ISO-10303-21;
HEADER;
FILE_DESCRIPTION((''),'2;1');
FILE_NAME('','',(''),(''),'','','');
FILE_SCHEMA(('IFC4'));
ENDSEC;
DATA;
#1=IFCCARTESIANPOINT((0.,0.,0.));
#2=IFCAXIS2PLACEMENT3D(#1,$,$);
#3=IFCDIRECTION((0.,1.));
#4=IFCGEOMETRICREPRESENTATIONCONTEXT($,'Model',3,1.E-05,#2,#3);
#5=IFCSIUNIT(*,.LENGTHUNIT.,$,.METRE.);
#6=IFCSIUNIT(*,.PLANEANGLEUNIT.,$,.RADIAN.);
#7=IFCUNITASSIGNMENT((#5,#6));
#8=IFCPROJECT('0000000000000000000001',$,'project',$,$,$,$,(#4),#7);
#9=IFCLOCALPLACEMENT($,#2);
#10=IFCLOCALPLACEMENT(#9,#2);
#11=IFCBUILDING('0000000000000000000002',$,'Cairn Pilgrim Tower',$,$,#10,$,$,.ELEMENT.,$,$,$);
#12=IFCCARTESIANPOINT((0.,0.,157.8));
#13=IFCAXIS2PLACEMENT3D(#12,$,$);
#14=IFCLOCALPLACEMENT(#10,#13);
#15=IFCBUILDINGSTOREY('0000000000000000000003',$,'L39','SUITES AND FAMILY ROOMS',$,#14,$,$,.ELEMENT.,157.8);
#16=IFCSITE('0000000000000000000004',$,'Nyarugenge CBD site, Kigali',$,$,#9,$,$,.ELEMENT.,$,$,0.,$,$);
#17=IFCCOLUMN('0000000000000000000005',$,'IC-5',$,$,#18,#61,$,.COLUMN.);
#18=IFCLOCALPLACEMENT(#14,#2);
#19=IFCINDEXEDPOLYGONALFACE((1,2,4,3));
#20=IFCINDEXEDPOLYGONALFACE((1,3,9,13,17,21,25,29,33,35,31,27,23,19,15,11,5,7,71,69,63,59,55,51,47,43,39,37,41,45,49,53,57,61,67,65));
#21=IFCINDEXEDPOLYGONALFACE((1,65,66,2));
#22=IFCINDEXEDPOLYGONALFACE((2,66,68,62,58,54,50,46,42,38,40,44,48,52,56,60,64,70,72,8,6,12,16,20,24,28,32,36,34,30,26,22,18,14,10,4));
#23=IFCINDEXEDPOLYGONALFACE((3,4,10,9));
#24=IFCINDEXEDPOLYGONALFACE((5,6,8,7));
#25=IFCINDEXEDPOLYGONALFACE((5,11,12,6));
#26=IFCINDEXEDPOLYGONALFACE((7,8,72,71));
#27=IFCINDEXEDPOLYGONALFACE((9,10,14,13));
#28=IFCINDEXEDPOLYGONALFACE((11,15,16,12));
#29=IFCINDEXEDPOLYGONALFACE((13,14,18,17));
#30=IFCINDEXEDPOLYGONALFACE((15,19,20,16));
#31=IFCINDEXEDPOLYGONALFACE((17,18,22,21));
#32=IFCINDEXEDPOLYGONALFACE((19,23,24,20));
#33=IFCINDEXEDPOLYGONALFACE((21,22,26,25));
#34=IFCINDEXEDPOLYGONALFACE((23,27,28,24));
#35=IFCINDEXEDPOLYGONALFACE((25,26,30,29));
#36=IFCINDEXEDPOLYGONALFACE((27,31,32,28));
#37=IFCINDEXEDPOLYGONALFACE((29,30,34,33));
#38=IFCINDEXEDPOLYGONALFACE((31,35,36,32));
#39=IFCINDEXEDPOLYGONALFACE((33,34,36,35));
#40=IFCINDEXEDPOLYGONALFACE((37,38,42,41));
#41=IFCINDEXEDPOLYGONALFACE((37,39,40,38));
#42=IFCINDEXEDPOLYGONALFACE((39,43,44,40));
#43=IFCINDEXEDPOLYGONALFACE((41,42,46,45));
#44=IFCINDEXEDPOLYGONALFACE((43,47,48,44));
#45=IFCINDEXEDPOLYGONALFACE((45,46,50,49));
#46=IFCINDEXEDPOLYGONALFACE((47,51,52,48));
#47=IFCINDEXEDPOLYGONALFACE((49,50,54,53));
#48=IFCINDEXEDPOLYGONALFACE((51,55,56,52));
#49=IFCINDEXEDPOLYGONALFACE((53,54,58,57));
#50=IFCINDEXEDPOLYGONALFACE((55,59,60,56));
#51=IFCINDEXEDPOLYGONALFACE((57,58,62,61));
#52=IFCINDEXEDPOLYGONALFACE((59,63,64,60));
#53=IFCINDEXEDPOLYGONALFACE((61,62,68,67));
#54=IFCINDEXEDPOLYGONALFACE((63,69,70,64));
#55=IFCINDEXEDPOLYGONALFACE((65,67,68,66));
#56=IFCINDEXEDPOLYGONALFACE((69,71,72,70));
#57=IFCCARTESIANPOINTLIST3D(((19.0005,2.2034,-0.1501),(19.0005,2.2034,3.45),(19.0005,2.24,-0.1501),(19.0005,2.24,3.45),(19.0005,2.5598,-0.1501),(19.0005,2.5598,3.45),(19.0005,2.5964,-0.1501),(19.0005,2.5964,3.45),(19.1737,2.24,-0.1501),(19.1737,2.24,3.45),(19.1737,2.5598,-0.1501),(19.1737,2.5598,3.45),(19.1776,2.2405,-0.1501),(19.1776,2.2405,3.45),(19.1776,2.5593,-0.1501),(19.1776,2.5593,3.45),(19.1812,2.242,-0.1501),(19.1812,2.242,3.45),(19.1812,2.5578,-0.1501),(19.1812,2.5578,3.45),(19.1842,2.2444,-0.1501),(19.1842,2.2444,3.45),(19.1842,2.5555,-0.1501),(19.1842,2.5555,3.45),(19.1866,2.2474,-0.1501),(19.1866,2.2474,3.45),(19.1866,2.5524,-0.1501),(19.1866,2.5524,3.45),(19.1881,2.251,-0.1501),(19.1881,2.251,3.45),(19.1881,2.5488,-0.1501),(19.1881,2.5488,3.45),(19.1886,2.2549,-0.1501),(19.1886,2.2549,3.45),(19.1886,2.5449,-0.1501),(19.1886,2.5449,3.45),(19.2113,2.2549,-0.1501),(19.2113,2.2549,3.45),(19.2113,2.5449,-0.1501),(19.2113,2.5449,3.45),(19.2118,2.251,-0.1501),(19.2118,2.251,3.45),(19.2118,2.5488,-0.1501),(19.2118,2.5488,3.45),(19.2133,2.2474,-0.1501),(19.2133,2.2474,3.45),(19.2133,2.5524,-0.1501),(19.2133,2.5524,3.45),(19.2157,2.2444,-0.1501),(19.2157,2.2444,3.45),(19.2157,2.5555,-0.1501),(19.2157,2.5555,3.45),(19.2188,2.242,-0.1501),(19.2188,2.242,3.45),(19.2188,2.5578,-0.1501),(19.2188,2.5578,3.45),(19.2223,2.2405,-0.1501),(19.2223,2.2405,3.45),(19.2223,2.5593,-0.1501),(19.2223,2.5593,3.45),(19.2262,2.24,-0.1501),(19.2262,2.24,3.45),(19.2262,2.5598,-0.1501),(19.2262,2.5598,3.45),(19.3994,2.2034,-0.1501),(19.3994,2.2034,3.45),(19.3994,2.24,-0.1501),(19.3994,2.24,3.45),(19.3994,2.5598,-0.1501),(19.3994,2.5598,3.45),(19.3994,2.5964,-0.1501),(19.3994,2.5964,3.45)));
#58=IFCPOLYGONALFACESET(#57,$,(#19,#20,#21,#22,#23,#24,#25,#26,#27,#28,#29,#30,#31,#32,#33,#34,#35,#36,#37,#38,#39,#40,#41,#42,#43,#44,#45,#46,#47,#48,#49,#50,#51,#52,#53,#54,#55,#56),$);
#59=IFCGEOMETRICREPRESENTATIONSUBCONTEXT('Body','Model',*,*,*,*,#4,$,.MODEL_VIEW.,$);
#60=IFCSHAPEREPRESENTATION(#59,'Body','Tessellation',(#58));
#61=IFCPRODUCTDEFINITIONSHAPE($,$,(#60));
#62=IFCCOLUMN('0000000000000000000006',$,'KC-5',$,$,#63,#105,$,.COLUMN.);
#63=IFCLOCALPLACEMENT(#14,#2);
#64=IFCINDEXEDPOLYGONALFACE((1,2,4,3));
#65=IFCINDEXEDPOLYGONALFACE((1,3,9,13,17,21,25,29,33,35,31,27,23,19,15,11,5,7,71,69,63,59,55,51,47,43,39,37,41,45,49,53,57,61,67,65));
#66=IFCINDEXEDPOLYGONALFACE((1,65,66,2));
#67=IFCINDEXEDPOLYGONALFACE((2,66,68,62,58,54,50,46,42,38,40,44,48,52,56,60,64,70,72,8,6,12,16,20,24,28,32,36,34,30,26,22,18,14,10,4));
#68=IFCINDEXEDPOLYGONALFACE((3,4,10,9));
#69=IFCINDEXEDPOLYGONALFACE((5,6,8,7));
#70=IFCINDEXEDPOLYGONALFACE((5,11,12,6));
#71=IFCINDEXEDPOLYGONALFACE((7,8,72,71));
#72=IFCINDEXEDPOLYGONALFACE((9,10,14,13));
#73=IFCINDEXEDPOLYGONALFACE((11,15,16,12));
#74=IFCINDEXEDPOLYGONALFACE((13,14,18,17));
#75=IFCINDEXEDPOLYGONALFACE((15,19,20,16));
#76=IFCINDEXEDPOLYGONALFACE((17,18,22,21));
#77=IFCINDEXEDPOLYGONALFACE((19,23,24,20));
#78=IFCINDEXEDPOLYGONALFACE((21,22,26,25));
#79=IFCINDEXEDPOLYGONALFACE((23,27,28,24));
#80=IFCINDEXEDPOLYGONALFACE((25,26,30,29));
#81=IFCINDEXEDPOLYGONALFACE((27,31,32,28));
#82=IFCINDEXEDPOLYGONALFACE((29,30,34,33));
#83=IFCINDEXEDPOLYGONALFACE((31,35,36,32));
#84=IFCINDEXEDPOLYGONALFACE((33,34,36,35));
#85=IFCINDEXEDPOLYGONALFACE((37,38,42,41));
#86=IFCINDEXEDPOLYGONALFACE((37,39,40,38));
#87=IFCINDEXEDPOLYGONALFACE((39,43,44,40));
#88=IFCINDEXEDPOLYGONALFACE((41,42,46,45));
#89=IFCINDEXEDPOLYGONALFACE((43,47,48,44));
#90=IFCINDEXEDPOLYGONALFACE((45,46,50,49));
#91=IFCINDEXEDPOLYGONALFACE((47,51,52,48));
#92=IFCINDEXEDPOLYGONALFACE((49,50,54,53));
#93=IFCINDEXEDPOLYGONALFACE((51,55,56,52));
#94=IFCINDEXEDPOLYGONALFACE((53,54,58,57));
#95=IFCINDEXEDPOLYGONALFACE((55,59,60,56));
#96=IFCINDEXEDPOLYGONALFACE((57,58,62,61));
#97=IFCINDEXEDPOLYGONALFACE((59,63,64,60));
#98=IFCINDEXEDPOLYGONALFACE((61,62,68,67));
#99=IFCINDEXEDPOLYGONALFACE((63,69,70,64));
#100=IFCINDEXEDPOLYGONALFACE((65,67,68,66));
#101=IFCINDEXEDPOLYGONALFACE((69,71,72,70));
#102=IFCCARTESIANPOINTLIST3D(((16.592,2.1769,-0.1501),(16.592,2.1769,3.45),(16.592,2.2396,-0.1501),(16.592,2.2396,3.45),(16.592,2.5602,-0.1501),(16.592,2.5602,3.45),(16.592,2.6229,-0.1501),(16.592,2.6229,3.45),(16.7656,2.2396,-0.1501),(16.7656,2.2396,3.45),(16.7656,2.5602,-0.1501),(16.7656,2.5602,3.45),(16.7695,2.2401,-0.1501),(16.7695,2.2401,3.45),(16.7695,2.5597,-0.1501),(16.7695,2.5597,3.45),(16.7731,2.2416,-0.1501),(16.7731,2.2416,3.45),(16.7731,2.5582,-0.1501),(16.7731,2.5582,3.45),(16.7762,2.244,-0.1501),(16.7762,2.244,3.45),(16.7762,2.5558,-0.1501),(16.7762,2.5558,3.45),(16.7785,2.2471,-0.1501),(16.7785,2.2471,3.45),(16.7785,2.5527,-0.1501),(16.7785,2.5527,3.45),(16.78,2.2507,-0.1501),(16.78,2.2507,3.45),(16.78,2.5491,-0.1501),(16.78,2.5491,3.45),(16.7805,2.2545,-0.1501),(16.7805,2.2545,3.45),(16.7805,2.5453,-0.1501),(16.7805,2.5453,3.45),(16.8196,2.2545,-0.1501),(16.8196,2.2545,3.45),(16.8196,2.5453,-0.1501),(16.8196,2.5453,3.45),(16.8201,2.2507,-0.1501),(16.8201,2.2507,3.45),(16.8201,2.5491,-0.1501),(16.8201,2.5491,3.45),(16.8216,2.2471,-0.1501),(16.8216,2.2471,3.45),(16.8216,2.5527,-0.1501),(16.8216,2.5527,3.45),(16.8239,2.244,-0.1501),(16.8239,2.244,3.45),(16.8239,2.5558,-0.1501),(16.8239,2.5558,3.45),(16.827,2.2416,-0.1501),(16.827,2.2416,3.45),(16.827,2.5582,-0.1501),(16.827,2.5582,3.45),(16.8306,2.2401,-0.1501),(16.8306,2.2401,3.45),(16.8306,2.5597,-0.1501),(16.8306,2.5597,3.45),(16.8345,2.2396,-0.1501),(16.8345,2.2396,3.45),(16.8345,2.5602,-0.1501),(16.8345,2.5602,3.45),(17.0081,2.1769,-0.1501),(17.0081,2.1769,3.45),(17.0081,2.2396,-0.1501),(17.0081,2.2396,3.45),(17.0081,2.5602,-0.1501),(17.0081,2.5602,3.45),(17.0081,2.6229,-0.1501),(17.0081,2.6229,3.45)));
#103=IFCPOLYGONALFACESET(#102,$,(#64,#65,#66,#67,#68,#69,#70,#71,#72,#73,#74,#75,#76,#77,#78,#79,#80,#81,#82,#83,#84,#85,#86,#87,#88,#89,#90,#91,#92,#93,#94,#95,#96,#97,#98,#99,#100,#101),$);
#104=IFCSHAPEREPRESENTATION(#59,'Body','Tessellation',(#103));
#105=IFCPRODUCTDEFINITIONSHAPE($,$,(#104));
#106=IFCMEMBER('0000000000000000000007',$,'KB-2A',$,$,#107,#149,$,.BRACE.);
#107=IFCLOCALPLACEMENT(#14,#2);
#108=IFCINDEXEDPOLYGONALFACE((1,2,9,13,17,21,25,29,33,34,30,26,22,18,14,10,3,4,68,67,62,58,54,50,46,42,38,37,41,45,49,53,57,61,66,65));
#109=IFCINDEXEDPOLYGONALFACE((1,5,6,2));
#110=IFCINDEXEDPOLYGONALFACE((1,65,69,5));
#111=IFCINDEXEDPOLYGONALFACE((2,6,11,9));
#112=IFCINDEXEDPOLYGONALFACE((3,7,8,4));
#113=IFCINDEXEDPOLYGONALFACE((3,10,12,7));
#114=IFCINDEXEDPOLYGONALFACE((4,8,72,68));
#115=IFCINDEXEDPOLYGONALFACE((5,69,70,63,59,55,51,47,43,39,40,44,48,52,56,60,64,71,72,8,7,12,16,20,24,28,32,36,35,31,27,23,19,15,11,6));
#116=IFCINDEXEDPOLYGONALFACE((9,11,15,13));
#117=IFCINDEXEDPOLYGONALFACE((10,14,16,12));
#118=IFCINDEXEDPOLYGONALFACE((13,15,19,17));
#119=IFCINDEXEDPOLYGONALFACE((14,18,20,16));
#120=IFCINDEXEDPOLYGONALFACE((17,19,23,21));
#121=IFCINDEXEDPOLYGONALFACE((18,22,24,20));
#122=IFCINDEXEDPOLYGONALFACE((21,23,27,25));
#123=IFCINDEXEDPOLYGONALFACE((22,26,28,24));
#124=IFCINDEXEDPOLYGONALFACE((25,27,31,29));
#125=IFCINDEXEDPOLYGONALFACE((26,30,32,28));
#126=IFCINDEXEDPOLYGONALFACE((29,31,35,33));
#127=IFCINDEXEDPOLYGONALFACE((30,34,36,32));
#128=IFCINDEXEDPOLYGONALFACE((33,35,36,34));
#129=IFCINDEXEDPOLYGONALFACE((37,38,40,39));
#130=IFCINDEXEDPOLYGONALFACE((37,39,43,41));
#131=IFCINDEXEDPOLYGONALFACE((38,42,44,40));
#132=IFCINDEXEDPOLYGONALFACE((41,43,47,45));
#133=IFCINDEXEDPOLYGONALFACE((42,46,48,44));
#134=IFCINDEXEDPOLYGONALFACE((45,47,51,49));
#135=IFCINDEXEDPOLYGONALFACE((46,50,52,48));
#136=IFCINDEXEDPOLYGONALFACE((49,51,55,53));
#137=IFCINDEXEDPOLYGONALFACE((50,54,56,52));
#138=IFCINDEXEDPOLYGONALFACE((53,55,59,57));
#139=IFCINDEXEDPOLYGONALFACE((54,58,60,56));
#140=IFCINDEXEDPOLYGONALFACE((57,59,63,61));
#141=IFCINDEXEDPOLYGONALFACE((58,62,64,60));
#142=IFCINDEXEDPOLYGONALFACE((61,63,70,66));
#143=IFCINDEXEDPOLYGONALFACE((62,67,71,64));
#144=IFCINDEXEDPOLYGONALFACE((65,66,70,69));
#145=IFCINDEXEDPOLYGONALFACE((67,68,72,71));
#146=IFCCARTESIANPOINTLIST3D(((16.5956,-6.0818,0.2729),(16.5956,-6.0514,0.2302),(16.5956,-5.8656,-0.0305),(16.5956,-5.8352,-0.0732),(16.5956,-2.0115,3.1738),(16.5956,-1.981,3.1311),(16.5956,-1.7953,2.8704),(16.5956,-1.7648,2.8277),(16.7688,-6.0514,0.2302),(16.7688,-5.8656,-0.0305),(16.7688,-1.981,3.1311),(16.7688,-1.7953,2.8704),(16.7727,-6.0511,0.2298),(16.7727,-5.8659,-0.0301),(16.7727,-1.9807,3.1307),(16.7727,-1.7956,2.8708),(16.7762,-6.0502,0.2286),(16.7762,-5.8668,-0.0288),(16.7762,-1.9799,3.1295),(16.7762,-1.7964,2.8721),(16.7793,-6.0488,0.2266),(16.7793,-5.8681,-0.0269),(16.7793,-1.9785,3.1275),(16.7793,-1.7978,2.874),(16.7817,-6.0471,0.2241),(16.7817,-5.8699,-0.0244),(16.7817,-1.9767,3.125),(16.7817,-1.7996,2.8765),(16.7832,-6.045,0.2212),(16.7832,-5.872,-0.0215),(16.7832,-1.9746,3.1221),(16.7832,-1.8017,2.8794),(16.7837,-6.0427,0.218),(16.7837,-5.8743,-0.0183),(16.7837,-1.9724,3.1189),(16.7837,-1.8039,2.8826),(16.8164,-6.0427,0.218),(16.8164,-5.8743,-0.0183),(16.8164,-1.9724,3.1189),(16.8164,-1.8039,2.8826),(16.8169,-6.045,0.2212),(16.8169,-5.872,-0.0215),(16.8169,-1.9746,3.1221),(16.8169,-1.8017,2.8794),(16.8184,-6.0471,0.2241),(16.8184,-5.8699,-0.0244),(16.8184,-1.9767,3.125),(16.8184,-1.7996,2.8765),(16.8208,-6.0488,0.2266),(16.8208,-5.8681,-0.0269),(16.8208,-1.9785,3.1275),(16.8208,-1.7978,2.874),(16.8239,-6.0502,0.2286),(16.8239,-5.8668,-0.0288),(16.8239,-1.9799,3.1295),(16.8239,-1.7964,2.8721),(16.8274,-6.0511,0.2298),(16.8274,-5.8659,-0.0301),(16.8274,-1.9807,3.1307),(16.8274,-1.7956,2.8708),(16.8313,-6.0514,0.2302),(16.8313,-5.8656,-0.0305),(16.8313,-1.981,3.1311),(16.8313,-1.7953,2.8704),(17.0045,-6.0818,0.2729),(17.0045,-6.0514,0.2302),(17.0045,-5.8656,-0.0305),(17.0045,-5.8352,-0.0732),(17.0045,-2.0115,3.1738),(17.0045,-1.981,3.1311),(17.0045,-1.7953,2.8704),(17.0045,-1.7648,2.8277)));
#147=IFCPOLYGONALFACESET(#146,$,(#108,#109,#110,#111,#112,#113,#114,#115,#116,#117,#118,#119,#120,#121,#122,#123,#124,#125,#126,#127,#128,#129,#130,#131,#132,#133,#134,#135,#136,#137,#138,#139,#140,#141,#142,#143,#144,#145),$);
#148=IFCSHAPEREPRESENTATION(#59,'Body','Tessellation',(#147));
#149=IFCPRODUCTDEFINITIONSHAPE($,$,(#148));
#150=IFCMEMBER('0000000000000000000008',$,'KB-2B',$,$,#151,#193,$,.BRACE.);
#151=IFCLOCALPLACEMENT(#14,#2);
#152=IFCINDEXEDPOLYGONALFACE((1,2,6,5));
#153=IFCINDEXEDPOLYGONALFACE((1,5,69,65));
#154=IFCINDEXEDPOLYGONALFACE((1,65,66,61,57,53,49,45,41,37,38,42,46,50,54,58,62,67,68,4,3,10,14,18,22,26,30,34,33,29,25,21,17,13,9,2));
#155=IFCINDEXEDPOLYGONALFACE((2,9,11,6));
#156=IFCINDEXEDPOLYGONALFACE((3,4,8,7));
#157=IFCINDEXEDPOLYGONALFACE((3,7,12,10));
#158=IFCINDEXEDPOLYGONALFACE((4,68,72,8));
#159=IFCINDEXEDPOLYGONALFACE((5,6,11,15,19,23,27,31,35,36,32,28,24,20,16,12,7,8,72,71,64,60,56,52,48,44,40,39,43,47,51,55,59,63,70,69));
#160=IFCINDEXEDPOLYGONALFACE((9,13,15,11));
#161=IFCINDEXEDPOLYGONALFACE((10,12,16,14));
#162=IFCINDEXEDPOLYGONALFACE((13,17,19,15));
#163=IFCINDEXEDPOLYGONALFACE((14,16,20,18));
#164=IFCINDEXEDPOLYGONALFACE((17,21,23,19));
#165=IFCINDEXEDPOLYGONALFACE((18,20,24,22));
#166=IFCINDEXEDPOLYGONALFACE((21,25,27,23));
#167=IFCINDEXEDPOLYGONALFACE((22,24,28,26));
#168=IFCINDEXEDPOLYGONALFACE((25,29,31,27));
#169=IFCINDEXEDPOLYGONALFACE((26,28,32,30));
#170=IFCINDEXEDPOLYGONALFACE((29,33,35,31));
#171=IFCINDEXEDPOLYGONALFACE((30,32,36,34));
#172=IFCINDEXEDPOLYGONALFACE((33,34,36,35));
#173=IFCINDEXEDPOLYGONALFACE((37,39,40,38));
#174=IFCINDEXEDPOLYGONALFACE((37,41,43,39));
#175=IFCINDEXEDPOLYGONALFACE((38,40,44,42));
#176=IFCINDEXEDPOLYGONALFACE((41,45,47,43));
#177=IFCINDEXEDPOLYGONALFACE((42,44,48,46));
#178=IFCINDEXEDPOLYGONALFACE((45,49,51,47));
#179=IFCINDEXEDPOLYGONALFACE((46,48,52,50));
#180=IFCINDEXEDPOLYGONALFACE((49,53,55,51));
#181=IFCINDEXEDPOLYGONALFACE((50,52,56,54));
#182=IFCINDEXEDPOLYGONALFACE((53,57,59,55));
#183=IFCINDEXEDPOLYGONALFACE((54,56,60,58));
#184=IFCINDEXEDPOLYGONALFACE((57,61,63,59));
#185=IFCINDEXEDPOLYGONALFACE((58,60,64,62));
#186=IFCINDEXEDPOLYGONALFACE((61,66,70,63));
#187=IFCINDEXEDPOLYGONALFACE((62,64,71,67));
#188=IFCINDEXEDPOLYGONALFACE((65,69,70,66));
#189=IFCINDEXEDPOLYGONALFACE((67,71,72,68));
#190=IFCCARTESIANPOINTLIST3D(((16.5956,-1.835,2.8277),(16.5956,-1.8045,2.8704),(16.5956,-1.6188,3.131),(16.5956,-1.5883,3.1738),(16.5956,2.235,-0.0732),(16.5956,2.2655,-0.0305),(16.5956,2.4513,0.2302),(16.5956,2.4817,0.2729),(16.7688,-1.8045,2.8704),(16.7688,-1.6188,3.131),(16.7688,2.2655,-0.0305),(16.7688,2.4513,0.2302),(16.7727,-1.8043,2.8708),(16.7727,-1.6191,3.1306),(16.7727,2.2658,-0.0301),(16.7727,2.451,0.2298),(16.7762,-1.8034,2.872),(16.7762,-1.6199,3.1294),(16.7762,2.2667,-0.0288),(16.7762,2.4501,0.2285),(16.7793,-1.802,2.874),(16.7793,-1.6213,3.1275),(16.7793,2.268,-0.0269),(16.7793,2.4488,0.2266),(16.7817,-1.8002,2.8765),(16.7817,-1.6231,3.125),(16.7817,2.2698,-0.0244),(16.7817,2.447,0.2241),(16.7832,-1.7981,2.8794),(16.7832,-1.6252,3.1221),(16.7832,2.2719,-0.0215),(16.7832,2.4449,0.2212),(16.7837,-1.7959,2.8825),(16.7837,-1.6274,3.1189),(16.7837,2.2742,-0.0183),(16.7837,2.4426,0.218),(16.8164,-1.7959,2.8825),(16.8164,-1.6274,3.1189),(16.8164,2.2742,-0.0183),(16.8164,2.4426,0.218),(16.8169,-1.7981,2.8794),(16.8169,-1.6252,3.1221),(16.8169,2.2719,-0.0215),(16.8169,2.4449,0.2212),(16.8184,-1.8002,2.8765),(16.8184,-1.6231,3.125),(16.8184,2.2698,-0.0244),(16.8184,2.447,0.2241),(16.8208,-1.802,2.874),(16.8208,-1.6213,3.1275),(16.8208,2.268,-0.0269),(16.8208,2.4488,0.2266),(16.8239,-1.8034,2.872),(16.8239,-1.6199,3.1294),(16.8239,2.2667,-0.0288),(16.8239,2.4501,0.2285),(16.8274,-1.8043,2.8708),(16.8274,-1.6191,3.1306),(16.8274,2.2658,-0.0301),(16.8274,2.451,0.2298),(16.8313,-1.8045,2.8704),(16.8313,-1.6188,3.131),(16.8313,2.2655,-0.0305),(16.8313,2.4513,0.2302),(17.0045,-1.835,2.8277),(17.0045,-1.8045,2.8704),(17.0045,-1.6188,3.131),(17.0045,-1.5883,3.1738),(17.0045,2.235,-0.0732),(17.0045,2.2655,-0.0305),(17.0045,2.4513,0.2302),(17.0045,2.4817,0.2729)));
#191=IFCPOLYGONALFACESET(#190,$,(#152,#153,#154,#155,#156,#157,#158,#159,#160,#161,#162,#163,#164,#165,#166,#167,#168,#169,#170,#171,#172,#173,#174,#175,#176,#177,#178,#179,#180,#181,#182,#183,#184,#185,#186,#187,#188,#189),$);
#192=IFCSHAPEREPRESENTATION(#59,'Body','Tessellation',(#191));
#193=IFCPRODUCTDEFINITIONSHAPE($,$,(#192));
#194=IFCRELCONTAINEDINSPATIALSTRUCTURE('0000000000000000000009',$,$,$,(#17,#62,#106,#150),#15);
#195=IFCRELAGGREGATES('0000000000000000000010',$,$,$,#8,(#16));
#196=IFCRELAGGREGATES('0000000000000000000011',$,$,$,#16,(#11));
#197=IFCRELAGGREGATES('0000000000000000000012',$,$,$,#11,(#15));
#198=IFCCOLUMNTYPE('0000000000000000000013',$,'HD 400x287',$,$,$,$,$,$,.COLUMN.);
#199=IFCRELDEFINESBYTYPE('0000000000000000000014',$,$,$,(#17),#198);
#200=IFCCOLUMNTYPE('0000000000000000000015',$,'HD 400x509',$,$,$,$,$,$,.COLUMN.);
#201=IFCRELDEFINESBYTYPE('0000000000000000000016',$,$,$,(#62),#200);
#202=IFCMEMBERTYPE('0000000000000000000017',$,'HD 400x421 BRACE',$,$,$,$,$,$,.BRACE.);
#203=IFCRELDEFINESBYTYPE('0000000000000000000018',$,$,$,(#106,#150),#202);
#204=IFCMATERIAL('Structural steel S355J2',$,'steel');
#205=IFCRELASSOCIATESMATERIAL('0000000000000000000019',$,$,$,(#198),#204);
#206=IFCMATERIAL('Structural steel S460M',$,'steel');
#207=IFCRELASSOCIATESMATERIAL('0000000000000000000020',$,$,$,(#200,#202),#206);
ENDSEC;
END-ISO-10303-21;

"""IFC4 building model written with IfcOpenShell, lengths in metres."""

from ifc_helpers import new_model, si_unit, direction, frame, origin, origin_2d, place, context, subcontext, project, spatial, i_section, extrude, material, material_profile, profile_set, type_object, element, save


model = new_model("IFC4")

# Units and contexts
model_context = context("Model", 3, precision=1e-05, world=origin(), true_north=direction((0.0, 1.0)))
body_context = subcontext(model_context, "Body", "Model", "MODEL_VIEW")
ifc_project = project(units=[si_unit("LENGTHUNIT", "METRE"), si_unit("PLANEANGLEUNIT", "RADIAN")], contexts=[model_context])

# Site, building, storey
site_placement = place(None, origin())
site = spatial("IfcSite", under=ifc_project, at=site_placement, Name="Nyarugenge CBD site, Kigali", CompositionType="ELEMENT", RefElevation=0.0)
building_placement = place(site_placement, origin())
building = spatial("IfcBuilding", under=site, at=building_placement, Name="Cairn Pilgrim Tower", CompositionType="ELEMENT")
storey_placement = place(building_placement, frame((0.0, 0.0, 157.8)))
storey = spatial("IfcBuildingStorey", under=building, at=storey_placement, Name="L39", Description="SUITES AND FAMILY ROOMS", CompositionType="ELEMENT", Elevation=157.8)

# Columns
ifc_material_1 = material(Name="Structural steel S355J2", Category="steel")
ifc_material_profile_1 = material_profile(ifc_material_1, i_section(OverallWidth=0.3989, OverallDepth=0.3931, WebThickness=0.0227, FlangeThickness=0.0366, FilletRadius=0.0149, at=origin_2d()), Name="HD 400x287")
ifc_profile_set_1 = profile_set([ifc_material_profile_1], Name="Structural steel S355J2")
column_type_1 = type_object("IfcColumnType", Name="HD 400x287", PredefinedType="COLUMN", material=ifc_profile_set_1)
column_1_placement = place(storey_placement, frame((19.2, 2.3999, -0.1501), z_axis=(0.0, 0.0, 1.0), x_axis=(1.0, 0.0, 0.0)))
element("IfcColumn", 1, at=column_1_placement, inside=storey, type_object=column_type_1, Name="IC-5", PredefinedType="COLUMN", context=body_context, shape_type="SweptSolid", body=[
    extrude(i_section(OverallWidth=0.3989, OverallDepth=0.3931, WebThickness=0.0227, FlangeThickness=0.0366, FilletRadius=0.0149, at=origin_2d()), origin(), (0.0, 0.0, 1.0), 3.6001),
])
ifc_material_2 = material(Name="Structural steel S460M", Category="steel")
ifc_material_profile_2 = material_profile(ifc_material_2, i_section(OverallWidth=0.416, OverallDepth=0.446, WebThickness=0.0391, FlangeThickness=0.0627, FilletRadius=0.0149, at=origin_2d()), Name="HD 400x509")
ifc_profile_set_2 = profile_set([ifc_material_profile_2], Name="Structural steel S460M")
column_type_2 = type_object("IfcColumnType", Name="HD 400x509", PredefinedType="COLUMN", material=ifc_profile_set_2)
column_2_placement = place(storey_placement, frame((16.8, 2.3999, -0.1501), z_axis=(0.0, 0.0, 1.0), x_axis=(1.0, 0.0, 0.0)))
element("IfcColumn", 2, at=column_2_placement, inside=storey, type_object=column_type_2, Name="KC-5", PredefinedType="COLUMN", context=body_context, shape_type="SweptSolid", body=[
    extrude(i_section(OverallWidth=0.416, OverallDepth=0.446, WebThickness=0.0391, FlangeThickness=0.0627, FilletRadius=0.0149, at=origin_2d()), origin(), (0.0, 0.0, 1.0), 3.6001),
])

# Members
ifc_material_profile_3 = material_profile(ifc_material_2, i_section(OverallWidth=0.4089, OverallDepth=0.425, WebThickness=0.0327, FlangeThickness=0.0525, FilletRadius=0.0149, at=origin_2d()), Name="HD 400x421")
ifc_profile_set_3 = profile_set([ifc_material_profile_3], Name="Structural steel S460M")
member_type = type_object("IfcMemberType", Name="HD 400x421 BRACE", PredefinedType="BRACE", material=ifc_profile_set_3)
member_1_placement = place(storey_placement, frame((16.8, -5.9585, 0.0999), z_axis=(0.0, 0.814347, 0.580378), x_axis=(-1.0, 0.0, 0.0)))
element("IfcMember", 3, at=member_1_placement, inside=storey, type_object=member_type, Name="KB-2A", PredefinedType="BRACE", context=body_context, shape_type="SweptSolid", body=[
    extrude(i_section(OverallWidth=0.4089, OverallDepth=0.425, WebThickness=0.0327, FlangeThickness=0.0525, FilletRadius=0.0149, at=origin_2d()), origin(), (0.0, 0.0, 1.0), 4.9983),
])
member_2_placement = place(storey_placement, frame((16.8, 2.3584, 0.0999), z_axis=(0.0, -0.81433, 0.580402), x_axis=(1.0, 0.0, 0.0)))
element("IfcMember", 4, at=member_2_placement, inside=storey, type_object=member_type, Name="KB-2B", PredefinedType="BRACE", context=body_context, shape_type="SweptSolid", body=[
    extrude(i_section(OverallWidth=0.4089, OverallDepth=0.425, WebThickness=0.0327, FlangeThickness=0.0525, FilletRadius=0.0149, at=origin_2d()), origin(), (0.0, 0.0, 1.0), 4.998),
])

save(model, "model.ifc")
